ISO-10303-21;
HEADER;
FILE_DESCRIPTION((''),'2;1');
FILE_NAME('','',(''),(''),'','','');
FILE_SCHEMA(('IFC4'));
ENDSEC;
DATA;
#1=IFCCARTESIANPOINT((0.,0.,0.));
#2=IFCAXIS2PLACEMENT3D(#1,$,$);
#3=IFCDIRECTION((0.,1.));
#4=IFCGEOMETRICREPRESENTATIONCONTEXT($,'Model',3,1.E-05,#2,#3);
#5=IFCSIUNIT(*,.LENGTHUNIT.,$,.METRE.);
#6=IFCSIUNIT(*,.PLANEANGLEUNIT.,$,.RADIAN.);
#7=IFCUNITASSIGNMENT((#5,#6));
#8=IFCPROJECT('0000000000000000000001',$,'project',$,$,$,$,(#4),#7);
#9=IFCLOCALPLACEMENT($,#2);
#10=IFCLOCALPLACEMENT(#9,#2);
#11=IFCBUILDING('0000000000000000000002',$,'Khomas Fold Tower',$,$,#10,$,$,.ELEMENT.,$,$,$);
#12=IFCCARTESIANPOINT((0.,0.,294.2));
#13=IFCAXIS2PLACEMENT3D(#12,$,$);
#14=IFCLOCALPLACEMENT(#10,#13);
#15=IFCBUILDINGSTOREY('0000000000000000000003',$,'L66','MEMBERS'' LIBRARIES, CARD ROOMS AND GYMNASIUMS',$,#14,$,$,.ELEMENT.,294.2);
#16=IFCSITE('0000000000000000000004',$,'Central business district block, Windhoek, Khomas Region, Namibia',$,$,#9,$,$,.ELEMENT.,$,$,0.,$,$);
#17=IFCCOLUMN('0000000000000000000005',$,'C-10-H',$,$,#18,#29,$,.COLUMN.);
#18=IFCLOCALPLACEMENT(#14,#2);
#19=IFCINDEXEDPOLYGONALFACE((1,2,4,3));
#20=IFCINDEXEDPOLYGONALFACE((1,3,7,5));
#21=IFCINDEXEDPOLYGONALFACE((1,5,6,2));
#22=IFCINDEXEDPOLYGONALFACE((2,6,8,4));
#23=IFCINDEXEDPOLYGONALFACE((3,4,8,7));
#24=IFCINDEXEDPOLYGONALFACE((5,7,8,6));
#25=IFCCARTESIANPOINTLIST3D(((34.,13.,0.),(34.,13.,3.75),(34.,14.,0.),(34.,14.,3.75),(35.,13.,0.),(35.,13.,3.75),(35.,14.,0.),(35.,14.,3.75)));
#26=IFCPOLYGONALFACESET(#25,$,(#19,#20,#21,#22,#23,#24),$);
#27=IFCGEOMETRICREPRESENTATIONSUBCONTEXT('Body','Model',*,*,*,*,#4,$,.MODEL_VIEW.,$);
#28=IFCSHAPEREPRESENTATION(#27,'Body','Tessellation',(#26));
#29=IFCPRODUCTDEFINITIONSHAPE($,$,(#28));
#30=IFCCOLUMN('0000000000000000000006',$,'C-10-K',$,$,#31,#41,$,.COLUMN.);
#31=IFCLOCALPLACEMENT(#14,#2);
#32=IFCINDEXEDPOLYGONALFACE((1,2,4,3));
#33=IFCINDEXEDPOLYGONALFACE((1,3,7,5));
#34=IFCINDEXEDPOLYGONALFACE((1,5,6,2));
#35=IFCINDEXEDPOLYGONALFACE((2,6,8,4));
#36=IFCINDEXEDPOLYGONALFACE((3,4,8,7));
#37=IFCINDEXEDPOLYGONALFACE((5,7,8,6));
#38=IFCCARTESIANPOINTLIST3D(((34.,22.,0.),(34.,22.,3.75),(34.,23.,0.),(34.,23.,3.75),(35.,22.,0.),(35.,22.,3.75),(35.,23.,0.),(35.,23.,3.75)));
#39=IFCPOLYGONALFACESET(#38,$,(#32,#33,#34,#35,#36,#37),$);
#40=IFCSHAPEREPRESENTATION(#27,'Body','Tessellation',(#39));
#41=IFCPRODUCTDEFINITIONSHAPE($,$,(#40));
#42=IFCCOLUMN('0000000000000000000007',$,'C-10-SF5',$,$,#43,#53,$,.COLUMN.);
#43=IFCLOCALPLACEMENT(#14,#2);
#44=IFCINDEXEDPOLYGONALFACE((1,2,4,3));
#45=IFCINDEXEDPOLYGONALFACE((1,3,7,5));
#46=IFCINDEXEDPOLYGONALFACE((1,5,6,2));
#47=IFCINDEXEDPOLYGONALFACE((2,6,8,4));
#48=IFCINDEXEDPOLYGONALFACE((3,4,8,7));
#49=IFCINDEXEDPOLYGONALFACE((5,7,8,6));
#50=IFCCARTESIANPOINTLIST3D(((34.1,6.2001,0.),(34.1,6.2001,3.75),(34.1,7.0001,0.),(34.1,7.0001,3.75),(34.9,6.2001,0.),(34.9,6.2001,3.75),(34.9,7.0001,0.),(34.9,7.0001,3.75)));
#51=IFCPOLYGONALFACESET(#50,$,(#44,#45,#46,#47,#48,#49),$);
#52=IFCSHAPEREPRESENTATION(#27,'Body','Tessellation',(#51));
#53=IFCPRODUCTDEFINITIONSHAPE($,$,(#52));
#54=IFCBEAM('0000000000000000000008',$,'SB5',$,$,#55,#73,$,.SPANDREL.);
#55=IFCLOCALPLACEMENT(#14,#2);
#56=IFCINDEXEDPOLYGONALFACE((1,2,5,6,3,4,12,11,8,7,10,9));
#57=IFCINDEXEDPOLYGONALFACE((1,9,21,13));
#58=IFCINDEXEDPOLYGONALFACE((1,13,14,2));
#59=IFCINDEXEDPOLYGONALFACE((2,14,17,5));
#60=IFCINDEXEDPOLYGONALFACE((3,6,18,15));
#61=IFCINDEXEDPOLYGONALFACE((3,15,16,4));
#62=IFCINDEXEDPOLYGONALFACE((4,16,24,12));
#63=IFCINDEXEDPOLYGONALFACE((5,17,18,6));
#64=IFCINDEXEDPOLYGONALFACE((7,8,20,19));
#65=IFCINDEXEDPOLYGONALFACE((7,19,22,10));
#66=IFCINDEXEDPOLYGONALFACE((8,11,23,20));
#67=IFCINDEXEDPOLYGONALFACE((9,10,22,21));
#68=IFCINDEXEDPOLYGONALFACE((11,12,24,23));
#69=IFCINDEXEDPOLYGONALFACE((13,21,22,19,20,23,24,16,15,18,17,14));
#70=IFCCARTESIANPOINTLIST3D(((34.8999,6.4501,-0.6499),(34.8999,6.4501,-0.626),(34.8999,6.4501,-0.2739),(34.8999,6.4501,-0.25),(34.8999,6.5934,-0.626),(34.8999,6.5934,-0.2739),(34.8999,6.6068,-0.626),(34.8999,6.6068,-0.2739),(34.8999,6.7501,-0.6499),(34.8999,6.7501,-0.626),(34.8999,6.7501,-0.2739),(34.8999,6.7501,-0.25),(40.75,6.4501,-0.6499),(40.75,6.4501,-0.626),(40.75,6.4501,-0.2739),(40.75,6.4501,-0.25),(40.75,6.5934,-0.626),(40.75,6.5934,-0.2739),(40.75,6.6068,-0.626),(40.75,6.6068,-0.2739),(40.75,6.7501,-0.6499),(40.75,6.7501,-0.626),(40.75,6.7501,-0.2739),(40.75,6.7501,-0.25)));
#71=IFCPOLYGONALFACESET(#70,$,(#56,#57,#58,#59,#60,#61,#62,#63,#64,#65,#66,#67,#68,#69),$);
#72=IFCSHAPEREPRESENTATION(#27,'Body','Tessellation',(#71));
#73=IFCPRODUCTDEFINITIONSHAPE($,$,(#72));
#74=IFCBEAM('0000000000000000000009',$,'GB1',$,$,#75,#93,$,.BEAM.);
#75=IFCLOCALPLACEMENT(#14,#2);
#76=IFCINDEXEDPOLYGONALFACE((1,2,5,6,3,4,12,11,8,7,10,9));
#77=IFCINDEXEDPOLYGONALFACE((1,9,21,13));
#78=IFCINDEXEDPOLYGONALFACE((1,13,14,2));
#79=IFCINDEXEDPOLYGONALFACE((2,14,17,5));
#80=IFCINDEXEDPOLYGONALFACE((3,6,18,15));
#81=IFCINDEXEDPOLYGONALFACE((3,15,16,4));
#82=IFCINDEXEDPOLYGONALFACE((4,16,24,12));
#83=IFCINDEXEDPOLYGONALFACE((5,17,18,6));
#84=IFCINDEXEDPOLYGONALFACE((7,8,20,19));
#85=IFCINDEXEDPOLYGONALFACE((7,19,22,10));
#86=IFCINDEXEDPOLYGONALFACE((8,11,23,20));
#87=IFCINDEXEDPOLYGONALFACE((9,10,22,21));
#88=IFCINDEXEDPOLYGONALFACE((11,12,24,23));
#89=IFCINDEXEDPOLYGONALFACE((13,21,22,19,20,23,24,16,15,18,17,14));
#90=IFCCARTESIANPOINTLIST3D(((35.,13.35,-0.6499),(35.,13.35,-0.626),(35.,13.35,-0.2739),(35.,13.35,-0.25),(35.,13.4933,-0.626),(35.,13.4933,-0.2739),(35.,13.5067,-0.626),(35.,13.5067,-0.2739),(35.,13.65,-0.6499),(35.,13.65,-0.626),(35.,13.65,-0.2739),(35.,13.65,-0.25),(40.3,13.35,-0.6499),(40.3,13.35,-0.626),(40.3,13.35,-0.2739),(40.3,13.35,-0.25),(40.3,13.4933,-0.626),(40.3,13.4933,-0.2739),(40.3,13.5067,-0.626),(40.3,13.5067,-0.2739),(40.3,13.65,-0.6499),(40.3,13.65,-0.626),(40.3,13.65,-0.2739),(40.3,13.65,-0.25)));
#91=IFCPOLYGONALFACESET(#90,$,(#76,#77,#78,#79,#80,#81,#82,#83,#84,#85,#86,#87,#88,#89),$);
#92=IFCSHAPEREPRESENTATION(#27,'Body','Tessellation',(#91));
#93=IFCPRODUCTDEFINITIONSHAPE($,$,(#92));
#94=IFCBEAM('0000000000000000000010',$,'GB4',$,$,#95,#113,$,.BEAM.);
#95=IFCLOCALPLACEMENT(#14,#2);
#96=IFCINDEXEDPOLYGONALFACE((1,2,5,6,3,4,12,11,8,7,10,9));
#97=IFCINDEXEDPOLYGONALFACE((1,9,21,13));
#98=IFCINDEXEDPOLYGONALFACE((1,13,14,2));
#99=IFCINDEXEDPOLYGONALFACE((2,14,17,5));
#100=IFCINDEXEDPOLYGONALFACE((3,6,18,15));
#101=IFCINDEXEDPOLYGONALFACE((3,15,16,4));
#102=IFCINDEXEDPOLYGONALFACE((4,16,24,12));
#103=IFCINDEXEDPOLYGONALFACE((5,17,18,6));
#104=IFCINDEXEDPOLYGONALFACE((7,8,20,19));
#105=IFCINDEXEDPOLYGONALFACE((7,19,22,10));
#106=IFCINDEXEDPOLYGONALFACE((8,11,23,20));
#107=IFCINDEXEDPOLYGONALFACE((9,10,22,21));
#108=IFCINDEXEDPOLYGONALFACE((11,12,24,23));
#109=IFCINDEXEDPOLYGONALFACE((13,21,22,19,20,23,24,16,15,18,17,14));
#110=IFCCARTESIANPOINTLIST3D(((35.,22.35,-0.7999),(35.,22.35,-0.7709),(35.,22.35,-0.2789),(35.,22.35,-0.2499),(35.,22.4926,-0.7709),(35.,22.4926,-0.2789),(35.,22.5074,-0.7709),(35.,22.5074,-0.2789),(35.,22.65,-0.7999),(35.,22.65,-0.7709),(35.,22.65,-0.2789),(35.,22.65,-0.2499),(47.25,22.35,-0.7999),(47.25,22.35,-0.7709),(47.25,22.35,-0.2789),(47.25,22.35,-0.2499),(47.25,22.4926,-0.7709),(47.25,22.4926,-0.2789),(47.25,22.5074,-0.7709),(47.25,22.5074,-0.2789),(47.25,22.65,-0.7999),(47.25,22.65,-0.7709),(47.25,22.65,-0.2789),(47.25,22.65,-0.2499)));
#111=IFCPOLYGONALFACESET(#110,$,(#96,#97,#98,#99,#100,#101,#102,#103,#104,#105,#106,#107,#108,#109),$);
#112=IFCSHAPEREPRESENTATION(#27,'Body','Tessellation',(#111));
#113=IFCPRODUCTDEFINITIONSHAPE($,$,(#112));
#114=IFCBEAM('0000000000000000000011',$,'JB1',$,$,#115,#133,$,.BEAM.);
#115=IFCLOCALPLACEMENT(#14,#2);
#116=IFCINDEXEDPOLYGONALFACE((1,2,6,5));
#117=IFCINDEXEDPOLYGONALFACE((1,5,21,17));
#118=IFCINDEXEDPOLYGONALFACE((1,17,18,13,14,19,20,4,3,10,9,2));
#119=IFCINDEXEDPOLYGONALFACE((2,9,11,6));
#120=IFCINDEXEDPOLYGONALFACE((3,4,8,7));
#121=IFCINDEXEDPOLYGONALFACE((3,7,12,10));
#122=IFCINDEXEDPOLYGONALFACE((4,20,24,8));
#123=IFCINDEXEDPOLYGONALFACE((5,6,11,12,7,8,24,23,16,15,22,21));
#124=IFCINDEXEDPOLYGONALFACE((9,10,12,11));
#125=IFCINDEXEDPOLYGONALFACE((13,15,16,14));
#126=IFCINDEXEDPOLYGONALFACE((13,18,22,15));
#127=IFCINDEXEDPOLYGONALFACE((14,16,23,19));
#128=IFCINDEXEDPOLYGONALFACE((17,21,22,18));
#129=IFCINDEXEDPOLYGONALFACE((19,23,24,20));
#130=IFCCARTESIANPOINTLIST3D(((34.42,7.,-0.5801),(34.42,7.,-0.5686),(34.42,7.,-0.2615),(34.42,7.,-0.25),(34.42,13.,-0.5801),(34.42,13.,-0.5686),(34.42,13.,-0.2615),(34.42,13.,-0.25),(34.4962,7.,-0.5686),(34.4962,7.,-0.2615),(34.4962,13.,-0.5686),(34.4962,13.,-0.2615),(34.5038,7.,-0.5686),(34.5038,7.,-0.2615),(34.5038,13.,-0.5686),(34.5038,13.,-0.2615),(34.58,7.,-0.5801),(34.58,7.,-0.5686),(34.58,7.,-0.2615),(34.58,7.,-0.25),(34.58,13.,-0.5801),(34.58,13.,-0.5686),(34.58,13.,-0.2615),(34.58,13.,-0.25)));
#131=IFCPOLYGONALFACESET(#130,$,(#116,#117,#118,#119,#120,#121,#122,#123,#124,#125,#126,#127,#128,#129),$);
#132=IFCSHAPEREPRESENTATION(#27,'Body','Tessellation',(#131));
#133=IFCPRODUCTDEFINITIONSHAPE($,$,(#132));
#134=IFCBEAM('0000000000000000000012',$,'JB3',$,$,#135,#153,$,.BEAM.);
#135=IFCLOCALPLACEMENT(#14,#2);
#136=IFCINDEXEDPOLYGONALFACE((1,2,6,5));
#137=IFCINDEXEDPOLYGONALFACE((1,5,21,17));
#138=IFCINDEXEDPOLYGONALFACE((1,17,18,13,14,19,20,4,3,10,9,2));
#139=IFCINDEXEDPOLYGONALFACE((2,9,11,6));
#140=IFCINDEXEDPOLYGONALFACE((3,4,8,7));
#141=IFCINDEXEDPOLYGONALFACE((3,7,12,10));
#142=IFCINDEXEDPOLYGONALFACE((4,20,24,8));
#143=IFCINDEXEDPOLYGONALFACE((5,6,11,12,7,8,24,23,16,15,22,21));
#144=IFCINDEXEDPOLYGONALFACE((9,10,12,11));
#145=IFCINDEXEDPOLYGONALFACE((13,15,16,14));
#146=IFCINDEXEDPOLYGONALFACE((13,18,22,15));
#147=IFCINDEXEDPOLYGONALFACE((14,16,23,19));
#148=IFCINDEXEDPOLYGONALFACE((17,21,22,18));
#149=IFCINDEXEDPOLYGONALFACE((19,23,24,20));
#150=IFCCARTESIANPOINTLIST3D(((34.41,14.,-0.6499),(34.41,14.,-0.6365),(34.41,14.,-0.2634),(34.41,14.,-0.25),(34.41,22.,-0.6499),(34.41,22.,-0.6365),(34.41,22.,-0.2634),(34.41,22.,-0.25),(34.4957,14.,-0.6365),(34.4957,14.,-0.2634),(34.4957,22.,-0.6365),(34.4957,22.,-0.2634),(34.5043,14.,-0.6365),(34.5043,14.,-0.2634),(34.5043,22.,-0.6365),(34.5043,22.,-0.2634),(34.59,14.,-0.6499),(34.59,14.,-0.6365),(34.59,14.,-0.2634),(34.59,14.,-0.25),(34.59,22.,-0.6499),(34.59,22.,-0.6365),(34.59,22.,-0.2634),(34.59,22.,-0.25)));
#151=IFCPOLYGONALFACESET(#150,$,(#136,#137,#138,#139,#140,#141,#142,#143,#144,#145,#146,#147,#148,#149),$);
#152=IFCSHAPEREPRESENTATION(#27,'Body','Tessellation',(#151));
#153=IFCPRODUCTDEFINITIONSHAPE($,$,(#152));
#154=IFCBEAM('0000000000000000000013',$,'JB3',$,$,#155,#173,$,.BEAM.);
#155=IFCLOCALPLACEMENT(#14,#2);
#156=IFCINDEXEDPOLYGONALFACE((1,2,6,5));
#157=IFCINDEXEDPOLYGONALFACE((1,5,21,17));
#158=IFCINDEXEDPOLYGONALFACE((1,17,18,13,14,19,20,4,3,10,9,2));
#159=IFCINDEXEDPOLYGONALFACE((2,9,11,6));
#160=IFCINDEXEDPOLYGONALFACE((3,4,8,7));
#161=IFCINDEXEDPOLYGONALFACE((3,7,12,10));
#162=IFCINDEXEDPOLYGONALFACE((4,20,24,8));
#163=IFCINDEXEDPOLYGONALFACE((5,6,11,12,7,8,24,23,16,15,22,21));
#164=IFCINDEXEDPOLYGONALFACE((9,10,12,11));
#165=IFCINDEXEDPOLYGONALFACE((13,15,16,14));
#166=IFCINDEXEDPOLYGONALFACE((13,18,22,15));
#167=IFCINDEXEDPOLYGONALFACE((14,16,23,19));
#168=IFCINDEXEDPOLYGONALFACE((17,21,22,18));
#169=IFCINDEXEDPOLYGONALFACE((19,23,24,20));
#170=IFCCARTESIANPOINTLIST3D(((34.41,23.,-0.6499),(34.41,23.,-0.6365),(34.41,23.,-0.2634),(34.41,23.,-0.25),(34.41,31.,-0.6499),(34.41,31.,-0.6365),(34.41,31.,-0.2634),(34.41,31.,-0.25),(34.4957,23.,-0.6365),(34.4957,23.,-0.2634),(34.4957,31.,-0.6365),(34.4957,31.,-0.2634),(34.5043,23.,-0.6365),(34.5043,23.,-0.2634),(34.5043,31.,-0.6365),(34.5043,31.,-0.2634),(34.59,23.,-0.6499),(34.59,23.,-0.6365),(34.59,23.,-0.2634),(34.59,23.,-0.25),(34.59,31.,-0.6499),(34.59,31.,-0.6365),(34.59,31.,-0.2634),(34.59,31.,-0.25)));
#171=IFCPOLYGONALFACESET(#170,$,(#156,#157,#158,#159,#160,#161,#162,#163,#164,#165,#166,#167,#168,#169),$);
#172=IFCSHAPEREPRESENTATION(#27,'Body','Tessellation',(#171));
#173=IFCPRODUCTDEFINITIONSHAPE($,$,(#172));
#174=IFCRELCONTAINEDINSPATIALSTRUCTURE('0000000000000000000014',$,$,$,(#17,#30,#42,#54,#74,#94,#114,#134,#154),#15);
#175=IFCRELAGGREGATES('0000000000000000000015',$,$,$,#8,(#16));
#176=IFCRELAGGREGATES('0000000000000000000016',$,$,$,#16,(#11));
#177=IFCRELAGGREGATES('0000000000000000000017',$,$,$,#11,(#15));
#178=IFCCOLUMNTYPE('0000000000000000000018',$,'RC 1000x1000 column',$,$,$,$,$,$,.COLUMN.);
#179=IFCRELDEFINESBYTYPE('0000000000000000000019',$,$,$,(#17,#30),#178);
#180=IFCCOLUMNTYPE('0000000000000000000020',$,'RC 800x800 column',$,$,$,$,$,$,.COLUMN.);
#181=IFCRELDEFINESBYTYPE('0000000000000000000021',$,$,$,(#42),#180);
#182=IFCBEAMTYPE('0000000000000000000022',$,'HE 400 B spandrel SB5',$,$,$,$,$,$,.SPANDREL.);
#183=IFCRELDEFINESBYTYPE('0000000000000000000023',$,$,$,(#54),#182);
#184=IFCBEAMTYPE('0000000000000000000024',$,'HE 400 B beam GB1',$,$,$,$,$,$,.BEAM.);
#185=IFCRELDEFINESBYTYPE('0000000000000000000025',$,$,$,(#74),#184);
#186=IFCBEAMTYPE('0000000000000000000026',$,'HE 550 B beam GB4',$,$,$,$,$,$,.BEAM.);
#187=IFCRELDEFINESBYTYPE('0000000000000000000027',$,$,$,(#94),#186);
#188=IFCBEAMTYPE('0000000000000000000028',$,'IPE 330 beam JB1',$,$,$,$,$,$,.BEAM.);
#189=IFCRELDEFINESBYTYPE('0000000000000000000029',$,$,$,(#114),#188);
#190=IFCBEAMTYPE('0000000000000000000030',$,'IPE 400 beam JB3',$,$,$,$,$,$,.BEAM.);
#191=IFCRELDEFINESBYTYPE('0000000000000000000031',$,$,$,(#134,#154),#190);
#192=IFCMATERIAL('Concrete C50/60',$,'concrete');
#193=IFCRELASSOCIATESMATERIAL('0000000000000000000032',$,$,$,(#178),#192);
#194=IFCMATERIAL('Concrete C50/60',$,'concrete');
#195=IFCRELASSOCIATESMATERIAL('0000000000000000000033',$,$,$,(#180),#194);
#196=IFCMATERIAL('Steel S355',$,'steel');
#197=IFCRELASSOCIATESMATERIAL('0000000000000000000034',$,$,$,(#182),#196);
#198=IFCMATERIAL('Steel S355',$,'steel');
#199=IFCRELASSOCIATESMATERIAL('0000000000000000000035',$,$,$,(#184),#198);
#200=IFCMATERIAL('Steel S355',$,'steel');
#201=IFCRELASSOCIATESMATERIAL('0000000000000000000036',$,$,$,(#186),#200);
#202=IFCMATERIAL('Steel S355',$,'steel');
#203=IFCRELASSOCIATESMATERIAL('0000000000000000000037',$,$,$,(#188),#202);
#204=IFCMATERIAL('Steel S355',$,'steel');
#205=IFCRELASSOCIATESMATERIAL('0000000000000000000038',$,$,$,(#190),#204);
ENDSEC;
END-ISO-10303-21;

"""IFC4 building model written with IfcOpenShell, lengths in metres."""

from ifc_helpers import new_model, si_unit, direction, frame, origin, origin_2d, place, context, subcontext, project, spatial, rectangle, i_section, extrude, source, transform, mapped, material, material_profile, profile_set, type_object, element, save


model = new_model("IFC4")

# Units and contexts
model_context = context("Model", 3, precision=1e-05, world=origin(), true_north=direction((0.0, 1.0)))
body_context = subcontext(model_context, "Body", "Model", "MODEL_VIEW")
ifc_project = project(units=[si_unit("LENGTHUNIT", "METRE"), si_unit("PLANEANGLEUNIT", "RADIAN")], contexts=[model_context])

# Site, building, storey
site_placement = place(None, origin())
site = spatial("IfcSite", under=ifc_project, at=site_placement, Name="Central business district block, Windhoek, Khomas Region, Namibia", CompositionType="ELEMENT", RefElevation=0.0)
building_placement = place(site_placement, origin())
building = spatial("IfcBuilding", under=site, at=building_placement, Name="Khomas Fold Tower", CompositionType="ELEMENT")
storey_placement = place(building_placement, frame((0.0, 0.0, 294.2)))
storey = spatial("IfcBuildingStorey", under=building, at=storey_placement, Name="L66", Description="MEMBERS' LIBRARIES, CARD ROOMS AND GYMNASIUMS", CompositionType="ELEMENT", Elevation=294.2)

# Columns
ifc_material_1 = material(Name="Concrete C50/60", Category="concrete")
ifc_material_profile_1 = material_profile(ifc_material_1, rectangle(XDim=1.0, YDim=1.0, at=origin_2d()), Name="RC 1000x1000")
ifc_profile_set_1 = profile_set([ifc_material_profile_1], Name="Concrete C50/60")
column_type_1 = type_object("IfcColumnType", Name="RC 1000x1000 column", PredefinedType="COLUMN", material=ifc_profile_set_1)
shared_shape_1 = source(origin(), body_context, "Body", "SweptSolid", [
    extrude(rectangle(XDim=1.0, YDim=1.0, at=origin_2d()), origin(), (0.0, 0.0, 1.0), 3.75),
])
for number, where, z_axis, x_axis, name in (
    (1, (34.5, 13.5, 0.0), (0.0, 0.0, 1.0), (1.0, 0.0, 0.0), "C-10-H"),
    (2, (34.5, 22.5, 0.0), (0.0, 0.0, 1.0), (1.0, 0.0, 0.0), "C-10-K"),
):
    element("IfcColumn", number, at=place(storey_placement, frame(where, z_axis=z_axis, x_axis=x_axis)), inside=storey, type_object=column_type_1, Name=name, PredefinedType="COLUMN", context=body_context, shape_type="MappedRepresentation", body=[
        mapped(shared_shape_1, transform((0.0, 0.0, 0.0))),
    ])
ifc_material_2 = material(Name="Concrete C50/60", Category="concrete")
ifc_material_profile_2 = material_profile(ifc_material_2, rectangle(XDim=0.8, YDim=0.8, at=origin_2d()), Name="RC 800x800")
ifc_profile_set_2 = profile_set([ifc_material_profile_2], Name="Concrete C50/60")
column_type_2 = type_object("IfcColumnType", Name="RC 800x800 column", PredefinedType="COLUMN", material=ifc_profile_set_2)
shared_shape_2 = source(origin(), body_context, "Body", "SweptSolid", [
    extrude(rectangle(XDim=0.8, YDim=0.8, at=origin_2d()), origin(), (0.0, 0.0, 1.0), 3.75),
])
column_placement = place(storey_placement, frame((34.5, 6.6001, 0.0), z_axis=(0.0, 0.0, 1.0), x_axis=(1.0, 0.0, 0.0)))
element("IfcColumn", 3, at=column_placement, inside=storey, type_object=column_type_2, Name="C-10-SF5", PredefinedType="COLUMN", context=body_context, shape_type="MappedRepresentation", body=[
    mapped(shared_shape_2, transform((0.0, 0.0, 0.0))),
])

# Beams
ifc_material_3 = material(Name="Steel S355", Category="steel")
ifc_material_profile_3 = material_profile(ifc_material_3, i_section(OverallWidth=0.3, OverallDepth=0.3999, WebThickness=0.0134, FlangeThickness=0.0239, at=origin_2d()), Name="HE 400 B")
ifc_profile_set_3 = profile_set([ifc_material_profile_3], Name="Steel S355")
beam_type_1 = type_object("IfcBeamType", Name="HE 400 B spandrel SB5", PredefinedType="SPANDREL", material=ifc_profile_set_3)
shared_shape_3 = source(origin(), body_context, "Body", "SweptSolid", [
    extrude(i_section(OverallWidth=0.3, OverallDepth=0.3999, WebThickness=0.0134, FlangeThickness=0.0239, at=origin_2d()), origin(), (0.0, 0.0, 1.0), 5.8501),
])
beam_1_placement = place(storey_placement, frame((34.8999, 6.6001, -0.45), z_axis=(1.0, 0.0, 0.0), x_axis=(0.0, 1.0, 0.0)))
element("IfcBeam", 4, at=beam_1_placement, inside=storey, type_object=beam_type_1, Name="SB5", PredefinedType="SPANDREL", context=body_context, shape_type="MappedRepresentation", body=[
    mapped(shared_shape_3, transform((0.0, 0.0, 0.0))),
])
ifc_material_4 = material(Name="Steel S355", Category="steel")
ifc_material_profile_4 = material_profile(ifc_material_4, i_section(OverallWidth=0.3, OverallDepth=0.3999, WebThickness=0.0134, FlangeThickness=0.0239, at=origin_2d()), Name="HE 400 B")
ifc_profile_set_4 = profile_set([ifc_material_profile_4], Name="Steel S355")
beam_type_2 = type_object("IfcBeamType", Name="HE 400 B beam GB1", PredefinedType="BEAM", material=ifc_profile_set_4)
shared_shape_4 = source(origin(), body_context, "Body", "SweptSolid", [
    extrude(i_section(OverallWidth=0.3, OverallDepth=0.3999, WebThickness=0.0134, FlangeThickness=0.0239, at=origin_2d()), origin(), (0.0, 0.0, 1.0), 5.3),
])
beam_2_placement = place(storey_placement, frame((35.0, 13.5, -0.45), z_axis=(1.0, 0.0, 0.0), x_axis=(0.0, 1.0, 0.0)))
element("IfcBeam", 5, at=beam_2_placement, inside=storey, type_object=beam_type_2, Name="GB1", PredefinedType="BEAM", context=body_context, shape_type="MappedRepresentation", body=[
    mapped(shared_shape_4, transform((0.0, 0.0, 0.0))),
])
ifc_material_5 = material(Name="Steel S355", Category="steel")
ifc_material_profile_5 = material_profile(ifc_material_5, i_section(OverallWidth=0.3, OverallDepth=0.55, WebThickness=0.0149, FlangeThickness=0.0291, at=origin_2d()), Name="HE 550 B")
ifc_profile_set_5 = profile_set([ifc_material_profile_5], Name="Steel S355")
beam_type_3 = type_object("IfcBeamType", Name="HE 550 B beam GB4", PredefinedType="BEAM", material=ifc_profile_set_5)
shared_shape_5 = source(origin(), body_context, "Body", "SweptSolid", [
    extrude(i_section(OverallWidth=0.3, OverallDepth=0.55, WebThickness=0.0149, FlangeThickness=0.0291, at=origin_2d()), origin(), (0.0, 0.0, 1.0), 12.25),
])
beam_3_placement = place(storey_placement, frame((35.0, 22.5, -0.5249), z_axis=(1.0, 0.0, 0.0), x_axis=(0.0, 1.0, 0.0)))
element("IfcBeam", 6, at=beam_3_placement, inside=storey, type_object=beam_type_3, Name="GB4", PredefinedType="BEAM", context=body_context, shape_type="MappedRepresentation", body=[
    mapped(shared_shape_5, transform((0.0, 0.0, 0.0))),
])
ifc_material_6 = material(Name="Steel S355", Category="steel")
ifc_material_profile_6 = material_profile(ifc_material_6, i_section(OverallWidth=0.1599, OverallDepth=0.3301, WebThickness=0.0076, FlangeThickness=0.0115, at=origin_2d()), Name="IPE 330")
ifc_profile_set_6 = profile_set([ifc_material_profile_6], Name="Steel S355")
beam_type_4 = type_object("IfcBeamType", Name="IPE 330 beam JB1", PredefinedType="BEAM", material=ifc_profile_set_6)
shared_shape_6 = source(origin(), body_context, "Body", "SweptSolid", [
    extrude(i_section(OverallWidth=0.1599, OverallDepth=0.3301, WebThickness=0.0076, FlangeThickness=0.0115, at=origin_2d()), origin(), (0.0, 0.0, 1.0), 6.0),
])
beam_4_placement = place(storey_placement, frame((34.5, 7.0, -0.415), z_axis=(0.0, 1.0, 0.0), x_axis=(-1.0, 0.0, 0.0)))
element("IfcBeam", 7, at=beam_4_placement, inside=storey, type_object=beam_type_4, Name="JB1", PredefinedType="BEAM", context=body_context, shape_type="MappedRepresentation", body=[
    mapped(shared_shape_6, transform((0.0, 0.0, 0.0))),
])
ifc_material_7 = material(Name="Steel S355", Category="steel")
ifc_material_profile_7 = material_profile(ifc_material_7, i_section(OverallWidth=0.1799, OverallDepth=0.3999, WebThickness=0.0085, FlangeThickness=0.0134, at=origin_2d()), Name="IPE 400")
ifc_profile_set_7 = profile_set([ifc_material_profile_7], Name="Steel S355")
beam_type_5 = type_object("IfcBeamType", Name="IPE 400 beam JB3", PredefinedType="BEAM", material=ifc_profile_set_7)
shared_shape_7 = source(origin(), body_context, "Body", "SweptSolid", [
    extrude(i_section(OverallWidth=0.1799, OverallDepth=0.3999, WebThickness=0.0085, FlangeThickness=0.0134, at=origin_2d()), origin(), (0.0, 0.0, 1.0), 8.0),
])
for number, where, z_axis, x_axis, name in (
    (8, (34.5, 14.0, -0.45), (0.0, 1.0, 0.0), (-1.0, 0.0, 0.0), "JB3"),
    (9, (34.5, 23.0, -0.45), (0.0, 1.0, 0.0), (-1.0, 0.0, 0.0), "JB3"),
):
    element("IfcBeam", number, at=place(storey_placement, frame(where, z_axis=z_axis, x_axis=x_axis)), inside=storey, type_object=beam_type_5, Name=name, PredefinedType="BEAM", context=body_context, shape_type="MappedRepresentation", body=[
        mapped(shared_shape_7, transform((0.0, 0.0, 0.0))),
    ])

save(model, "model.ifc")
